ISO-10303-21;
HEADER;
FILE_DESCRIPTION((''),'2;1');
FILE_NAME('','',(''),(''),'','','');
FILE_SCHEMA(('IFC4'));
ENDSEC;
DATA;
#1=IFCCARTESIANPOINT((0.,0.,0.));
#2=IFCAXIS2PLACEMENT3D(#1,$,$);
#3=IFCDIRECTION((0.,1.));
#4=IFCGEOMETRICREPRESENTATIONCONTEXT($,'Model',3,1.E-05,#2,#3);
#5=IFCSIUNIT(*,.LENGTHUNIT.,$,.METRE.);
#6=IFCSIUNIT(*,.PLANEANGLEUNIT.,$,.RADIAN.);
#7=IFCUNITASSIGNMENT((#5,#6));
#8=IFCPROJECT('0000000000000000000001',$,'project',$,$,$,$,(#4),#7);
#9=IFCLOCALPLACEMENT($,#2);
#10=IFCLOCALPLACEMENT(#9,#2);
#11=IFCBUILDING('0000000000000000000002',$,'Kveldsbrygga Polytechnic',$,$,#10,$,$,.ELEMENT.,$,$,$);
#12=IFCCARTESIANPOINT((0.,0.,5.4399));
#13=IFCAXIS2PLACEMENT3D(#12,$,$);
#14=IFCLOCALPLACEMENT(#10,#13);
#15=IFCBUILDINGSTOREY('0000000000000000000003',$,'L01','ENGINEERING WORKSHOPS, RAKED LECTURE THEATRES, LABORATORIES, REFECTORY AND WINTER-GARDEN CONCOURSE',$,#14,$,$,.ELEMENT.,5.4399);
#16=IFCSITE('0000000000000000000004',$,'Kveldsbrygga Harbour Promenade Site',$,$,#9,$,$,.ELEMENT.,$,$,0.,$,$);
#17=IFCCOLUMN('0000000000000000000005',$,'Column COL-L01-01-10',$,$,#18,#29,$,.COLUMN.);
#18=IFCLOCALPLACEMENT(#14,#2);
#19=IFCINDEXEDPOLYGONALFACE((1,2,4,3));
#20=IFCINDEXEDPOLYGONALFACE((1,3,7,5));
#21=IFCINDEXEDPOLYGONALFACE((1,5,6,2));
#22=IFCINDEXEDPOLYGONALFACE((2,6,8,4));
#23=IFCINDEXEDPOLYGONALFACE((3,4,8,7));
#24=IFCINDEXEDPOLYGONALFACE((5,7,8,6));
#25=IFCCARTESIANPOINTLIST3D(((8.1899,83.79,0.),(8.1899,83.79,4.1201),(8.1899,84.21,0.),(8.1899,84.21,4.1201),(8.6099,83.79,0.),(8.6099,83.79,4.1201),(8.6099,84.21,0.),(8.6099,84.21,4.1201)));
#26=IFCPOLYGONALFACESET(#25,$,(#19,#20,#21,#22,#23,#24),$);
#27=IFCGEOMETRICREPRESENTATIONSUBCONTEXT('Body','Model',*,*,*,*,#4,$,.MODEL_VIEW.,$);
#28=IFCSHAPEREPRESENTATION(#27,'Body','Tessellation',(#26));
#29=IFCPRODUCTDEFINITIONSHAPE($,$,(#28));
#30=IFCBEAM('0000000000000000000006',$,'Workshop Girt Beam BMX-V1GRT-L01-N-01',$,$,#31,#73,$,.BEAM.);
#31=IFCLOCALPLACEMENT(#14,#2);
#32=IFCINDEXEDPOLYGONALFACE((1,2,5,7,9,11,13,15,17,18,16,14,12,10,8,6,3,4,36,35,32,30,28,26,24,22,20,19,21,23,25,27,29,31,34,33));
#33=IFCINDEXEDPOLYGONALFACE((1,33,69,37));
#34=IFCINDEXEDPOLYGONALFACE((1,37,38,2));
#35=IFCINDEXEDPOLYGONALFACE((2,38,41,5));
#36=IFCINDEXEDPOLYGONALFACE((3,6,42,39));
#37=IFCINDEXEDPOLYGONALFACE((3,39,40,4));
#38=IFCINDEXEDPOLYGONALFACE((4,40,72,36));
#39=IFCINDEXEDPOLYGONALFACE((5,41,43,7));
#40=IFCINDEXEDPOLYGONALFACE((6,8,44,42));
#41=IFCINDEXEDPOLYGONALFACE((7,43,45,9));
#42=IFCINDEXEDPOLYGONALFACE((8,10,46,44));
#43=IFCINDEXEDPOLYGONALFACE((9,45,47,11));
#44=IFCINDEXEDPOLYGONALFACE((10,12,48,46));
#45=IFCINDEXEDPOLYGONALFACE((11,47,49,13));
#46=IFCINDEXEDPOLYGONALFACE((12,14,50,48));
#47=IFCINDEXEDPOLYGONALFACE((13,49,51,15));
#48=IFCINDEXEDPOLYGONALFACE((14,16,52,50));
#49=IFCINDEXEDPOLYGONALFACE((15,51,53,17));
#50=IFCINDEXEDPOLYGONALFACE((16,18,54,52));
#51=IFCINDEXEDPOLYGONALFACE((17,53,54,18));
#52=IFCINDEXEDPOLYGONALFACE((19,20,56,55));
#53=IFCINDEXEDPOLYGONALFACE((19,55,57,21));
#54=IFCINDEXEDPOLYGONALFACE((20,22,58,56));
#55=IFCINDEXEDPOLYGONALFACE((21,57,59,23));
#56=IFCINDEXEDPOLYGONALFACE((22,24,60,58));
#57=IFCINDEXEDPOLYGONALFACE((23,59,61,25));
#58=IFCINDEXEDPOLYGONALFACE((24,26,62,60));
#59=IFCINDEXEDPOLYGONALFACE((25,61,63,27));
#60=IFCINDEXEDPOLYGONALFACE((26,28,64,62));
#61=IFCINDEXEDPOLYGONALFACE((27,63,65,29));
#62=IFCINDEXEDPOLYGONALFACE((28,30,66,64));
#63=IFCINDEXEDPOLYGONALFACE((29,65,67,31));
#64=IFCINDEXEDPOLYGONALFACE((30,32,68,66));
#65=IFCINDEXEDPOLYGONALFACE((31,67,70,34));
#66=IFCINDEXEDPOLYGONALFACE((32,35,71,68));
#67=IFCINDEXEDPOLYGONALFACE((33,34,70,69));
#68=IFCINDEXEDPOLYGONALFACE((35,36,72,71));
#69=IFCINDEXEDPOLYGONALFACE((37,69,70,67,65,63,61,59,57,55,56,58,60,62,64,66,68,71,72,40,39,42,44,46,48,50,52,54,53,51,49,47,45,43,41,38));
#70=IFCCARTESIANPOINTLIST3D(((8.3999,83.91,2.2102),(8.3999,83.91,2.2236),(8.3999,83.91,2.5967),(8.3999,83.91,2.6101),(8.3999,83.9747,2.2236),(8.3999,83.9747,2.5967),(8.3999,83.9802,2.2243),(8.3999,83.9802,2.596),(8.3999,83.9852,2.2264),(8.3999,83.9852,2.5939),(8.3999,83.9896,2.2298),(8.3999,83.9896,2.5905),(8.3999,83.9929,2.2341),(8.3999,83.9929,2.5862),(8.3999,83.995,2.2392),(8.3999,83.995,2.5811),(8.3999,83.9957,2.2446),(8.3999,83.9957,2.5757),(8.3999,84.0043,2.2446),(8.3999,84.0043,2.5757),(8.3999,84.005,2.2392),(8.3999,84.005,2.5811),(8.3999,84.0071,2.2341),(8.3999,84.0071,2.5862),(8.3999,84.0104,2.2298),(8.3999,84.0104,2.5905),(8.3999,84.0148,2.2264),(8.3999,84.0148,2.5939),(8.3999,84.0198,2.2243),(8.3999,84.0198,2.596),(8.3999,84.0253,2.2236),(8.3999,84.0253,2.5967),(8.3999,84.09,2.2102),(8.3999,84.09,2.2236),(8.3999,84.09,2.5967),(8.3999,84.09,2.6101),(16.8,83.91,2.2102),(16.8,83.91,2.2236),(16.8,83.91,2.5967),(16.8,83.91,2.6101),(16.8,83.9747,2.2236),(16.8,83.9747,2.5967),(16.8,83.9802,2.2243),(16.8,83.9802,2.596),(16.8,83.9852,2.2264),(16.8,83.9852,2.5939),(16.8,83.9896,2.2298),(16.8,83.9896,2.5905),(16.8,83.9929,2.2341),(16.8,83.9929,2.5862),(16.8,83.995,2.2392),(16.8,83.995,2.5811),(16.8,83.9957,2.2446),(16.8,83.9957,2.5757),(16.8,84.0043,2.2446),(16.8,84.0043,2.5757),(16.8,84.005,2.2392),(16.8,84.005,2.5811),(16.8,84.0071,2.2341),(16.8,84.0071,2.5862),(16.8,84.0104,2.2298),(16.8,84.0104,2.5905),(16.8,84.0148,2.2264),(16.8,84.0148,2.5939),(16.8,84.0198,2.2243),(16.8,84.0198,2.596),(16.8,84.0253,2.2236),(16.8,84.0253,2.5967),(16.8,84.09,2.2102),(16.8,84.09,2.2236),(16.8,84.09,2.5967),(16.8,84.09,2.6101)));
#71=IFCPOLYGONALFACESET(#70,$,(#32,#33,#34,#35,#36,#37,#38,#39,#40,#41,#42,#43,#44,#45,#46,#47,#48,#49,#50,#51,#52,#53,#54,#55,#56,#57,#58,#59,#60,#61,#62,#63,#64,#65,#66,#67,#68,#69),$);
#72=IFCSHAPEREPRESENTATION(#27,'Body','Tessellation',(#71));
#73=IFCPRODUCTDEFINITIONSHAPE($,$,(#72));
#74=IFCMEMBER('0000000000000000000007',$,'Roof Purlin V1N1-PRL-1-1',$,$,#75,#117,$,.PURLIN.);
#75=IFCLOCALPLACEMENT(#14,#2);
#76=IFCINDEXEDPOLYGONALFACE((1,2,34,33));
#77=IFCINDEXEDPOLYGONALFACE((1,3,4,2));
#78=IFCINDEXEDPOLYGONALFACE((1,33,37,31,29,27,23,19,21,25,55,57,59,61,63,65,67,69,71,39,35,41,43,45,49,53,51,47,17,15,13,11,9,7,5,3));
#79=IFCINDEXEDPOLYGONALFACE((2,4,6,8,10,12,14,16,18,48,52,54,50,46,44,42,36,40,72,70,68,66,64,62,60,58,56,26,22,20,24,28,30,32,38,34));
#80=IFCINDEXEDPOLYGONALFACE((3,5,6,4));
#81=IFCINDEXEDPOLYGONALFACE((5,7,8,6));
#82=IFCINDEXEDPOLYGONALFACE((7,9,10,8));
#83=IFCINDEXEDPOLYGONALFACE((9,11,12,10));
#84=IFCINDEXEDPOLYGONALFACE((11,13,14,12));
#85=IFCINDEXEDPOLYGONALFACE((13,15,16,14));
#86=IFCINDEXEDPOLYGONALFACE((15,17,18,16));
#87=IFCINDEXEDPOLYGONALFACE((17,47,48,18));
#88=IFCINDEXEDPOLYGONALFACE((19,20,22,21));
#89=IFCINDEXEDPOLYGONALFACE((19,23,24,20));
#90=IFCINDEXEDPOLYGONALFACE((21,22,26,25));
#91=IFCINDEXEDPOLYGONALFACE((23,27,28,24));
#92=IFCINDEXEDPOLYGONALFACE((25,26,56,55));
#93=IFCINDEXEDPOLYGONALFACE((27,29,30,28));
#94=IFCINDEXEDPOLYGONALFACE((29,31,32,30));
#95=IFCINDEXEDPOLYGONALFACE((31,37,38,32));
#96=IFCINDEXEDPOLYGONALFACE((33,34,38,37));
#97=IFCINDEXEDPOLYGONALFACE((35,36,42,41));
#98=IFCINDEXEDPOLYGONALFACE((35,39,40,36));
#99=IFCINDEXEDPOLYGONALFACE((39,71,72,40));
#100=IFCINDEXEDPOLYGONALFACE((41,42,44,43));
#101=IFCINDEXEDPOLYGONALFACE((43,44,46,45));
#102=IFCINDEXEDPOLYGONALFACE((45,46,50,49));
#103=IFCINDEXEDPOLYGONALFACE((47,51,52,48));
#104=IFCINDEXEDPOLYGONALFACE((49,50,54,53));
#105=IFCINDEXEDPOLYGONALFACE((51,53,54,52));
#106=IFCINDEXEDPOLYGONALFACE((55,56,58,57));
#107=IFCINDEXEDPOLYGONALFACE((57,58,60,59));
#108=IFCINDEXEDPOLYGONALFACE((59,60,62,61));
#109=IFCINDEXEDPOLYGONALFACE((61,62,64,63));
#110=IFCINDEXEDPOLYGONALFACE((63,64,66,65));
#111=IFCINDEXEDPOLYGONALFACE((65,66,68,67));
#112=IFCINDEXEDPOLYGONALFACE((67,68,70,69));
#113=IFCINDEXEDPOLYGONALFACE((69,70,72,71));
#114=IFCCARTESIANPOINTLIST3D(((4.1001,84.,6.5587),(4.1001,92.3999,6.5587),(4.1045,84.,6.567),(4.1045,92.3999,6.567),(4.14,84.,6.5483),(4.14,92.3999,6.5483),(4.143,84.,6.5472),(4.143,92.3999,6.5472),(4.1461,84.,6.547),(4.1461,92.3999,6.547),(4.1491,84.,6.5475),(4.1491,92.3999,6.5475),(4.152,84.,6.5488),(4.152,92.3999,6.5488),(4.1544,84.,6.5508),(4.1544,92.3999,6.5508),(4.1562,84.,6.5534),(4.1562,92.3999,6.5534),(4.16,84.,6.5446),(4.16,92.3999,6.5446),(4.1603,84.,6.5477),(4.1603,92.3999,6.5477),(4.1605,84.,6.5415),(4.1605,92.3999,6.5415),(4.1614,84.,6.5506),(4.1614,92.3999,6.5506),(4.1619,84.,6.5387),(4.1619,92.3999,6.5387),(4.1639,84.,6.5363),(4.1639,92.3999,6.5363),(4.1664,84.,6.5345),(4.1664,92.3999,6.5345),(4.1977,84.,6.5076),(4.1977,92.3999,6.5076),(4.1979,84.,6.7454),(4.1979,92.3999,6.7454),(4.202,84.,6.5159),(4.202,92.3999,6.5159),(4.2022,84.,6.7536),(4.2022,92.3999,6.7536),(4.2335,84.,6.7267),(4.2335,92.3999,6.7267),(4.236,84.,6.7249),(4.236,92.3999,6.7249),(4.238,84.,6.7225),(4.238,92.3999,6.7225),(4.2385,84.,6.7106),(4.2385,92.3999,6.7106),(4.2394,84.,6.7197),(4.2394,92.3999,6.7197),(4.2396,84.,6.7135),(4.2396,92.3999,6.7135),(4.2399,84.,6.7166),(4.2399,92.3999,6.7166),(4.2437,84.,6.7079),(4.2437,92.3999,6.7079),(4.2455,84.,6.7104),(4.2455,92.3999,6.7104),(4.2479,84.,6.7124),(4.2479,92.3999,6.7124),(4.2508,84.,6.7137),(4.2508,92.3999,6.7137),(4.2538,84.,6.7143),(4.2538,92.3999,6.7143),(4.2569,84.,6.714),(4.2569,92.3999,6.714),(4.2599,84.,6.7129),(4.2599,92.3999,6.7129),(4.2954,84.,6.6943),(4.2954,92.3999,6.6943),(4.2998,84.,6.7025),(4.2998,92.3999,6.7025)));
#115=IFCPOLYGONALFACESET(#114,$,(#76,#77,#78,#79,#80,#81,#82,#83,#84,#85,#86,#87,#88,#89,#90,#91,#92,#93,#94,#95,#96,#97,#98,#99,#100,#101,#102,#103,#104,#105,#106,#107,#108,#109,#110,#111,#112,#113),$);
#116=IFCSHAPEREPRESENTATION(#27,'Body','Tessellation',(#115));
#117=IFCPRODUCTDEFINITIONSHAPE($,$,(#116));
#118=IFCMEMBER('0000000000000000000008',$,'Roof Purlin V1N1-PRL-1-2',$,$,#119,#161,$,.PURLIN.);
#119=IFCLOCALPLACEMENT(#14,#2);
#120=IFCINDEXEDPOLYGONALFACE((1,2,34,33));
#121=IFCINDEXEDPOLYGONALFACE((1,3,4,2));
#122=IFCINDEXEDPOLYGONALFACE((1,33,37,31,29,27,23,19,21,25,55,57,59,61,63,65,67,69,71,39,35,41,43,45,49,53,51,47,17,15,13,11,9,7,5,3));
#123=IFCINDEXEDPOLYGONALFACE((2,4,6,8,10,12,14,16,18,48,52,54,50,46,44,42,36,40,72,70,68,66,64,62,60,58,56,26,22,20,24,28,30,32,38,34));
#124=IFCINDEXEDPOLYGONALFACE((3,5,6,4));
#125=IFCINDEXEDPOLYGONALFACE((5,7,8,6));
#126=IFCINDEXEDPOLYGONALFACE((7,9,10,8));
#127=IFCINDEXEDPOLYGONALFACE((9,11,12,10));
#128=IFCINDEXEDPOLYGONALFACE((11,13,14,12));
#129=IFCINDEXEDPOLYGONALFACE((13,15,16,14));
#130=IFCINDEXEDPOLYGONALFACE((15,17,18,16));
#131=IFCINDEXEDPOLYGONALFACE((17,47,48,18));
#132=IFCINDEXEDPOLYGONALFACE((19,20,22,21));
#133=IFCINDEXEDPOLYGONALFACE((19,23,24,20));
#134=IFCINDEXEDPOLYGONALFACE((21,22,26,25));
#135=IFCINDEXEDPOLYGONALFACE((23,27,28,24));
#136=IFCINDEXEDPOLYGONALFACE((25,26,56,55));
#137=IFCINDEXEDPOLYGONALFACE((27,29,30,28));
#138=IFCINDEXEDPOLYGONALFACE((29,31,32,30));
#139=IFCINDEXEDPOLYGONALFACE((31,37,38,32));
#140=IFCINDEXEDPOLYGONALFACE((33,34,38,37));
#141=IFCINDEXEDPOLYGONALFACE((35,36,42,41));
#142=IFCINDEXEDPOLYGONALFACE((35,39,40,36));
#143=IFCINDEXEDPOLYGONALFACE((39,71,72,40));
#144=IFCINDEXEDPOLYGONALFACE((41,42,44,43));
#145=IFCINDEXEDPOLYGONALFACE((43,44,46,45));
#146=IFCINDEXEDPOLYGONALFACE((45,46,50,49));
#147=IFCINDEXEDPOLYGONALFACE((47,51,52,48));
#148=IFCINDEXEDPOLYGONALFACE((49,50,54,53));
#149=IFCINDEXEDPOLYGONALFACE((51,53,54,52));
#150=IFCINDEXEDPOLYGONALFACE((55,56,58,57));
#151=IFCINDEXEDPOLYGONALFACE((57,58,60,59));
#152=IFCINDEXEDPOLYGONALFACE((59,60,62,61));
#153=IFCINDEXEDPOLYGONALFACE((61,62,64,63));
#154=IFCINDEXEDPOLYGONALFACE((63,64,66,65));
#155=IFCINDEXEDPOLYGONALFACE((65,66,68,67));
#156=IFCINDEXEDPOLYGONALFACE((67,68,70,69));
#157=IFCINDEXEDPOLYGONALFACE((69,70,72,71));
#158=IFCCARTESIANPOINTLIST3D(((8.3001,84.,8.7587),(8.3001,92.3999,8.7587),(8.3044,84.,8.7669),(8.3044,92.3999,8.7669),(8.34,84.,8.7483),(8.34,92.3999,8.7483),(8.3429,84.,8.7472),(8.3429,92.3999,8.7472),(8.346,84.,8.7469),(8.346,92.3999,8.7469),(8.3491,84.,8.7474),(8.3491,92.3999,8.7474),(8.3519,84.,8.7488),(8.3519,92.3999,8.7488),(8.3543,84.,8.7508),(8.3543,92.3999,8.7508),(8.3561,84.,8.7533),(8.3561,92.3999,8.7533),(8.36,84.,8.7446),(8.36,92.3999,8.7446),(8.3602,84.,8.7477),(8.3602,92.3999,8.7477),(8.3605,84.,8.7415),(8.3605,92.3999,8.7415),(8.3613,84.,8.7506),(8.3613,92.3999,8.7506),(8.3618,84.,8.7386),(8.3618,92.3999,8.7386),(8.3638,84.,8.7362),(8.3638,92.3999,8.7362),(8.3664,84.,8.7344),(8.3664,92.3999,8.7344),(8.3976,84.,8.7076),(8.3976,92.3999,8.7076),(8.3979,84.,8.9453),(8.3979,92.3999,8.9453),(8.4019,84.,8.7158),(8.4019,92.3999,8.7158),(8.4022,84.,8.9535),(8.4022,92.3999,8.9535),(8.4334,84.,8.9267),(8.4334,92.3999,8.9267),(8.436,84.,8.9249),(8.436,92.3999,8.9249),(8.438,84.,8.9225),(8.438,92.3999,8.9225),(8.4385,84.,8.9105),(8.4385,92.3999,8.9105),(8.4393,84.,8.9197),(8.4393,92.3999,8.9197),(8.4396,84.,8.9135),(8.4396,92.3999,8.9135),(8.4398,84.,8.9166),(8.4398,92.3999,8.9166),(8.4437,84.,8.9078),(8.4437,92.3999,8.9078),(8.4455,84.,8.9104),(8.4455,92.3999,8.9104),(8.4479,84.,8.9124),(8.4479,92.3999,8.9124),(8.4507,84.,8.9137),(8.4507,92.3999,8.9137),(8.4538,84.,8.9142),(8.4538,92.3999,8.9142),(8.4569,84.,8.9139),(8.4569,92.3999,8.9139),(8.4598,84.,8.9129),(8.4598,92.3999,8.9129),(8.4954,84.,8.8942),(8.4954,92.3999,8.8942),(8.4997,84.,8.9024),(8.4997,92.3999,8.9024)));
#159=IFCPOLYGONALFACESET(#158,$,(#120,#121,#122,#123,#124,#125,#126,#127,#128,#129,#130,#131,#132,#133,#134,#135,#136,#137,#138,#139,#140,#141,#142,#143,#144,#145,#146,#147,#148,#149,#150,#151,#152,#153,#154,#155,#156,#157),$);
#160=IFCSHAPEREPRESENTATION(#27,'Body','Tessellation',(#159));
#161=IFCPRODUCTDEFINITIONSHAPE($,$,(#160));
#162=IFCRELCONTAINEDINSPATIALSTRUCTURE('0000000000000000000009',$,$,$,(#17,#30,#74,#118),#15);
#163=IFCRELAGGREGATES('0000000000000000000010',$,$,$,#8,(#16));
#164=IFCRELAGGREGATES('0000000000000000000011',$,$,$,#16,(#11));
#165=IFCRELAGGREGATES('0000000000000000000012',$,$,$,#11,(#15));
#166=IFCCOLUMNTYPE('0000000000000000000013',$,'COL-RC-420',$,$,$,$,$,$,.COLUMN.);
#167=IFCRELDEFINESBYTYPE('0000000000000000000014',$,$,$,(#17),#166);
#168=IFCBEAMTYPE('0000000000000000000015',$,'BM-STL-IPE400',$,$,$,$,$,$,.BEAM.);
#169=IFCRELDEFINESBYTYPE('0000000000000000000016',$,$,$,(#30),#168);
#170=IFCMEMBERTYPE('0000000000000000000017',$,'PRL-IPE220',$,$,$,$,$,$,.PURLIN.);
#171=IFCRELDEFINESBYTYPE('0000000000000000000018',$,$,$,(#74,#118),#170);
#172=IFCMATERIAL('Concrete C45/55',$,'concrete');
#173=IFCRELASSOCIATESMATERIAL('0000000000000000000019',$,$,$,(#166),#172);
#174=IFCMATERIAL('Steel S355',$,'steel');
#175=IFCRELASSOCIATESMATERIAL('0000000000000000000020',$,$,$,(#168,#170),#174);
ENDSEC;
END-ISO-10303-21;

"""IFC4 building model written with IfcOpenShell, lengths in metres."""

from ifc_helpers import new_model, si_unit, direction, frame, origin, origin_2d, place, context, subcontext, project, spatial, rectangle, i_section, extrude, material, material_profile, profile_set, type_object, element, save


model = new_model("IFC4")

# Units and contexts
model_context = context("Model", 3, precision=1e-05, world=origin(), true_north=direction((0.0, 1.0)))
body_context = subcontext(model_context, "Body", "Model", "MODEL_VIEW")
ifc_project = project(units=[si_unit("LENGTHUNIT", "METRE"), si_unit("PLANEANGLEUNIT", "RADIAN")], contexts=[model_context])

# Site, building, storey
site_placement = place(None, origin())
site = spatial("IfcSite", under=ifc_project, at=site_placement, Name="Kveldsbrygga Harbour Promenade Site", CompositionType="ELEMENT", RefElevation=0.0)
building_placement = place(site_placement, origin())
building = spatial("IfcBuilding", under=site, at=building_placement, Name="Kveldsbrygga Polytechnic", CompositionType="ELEMENT")
storey_placement = place(building_placement, frame((0.0, 0.0, 5.4399)))
storey = spatial("IfcBuildingStorey", under=building, at=storey_placement, Name="L01", Description="ENGINEERING WORKSHOPS, RAKED LECTURE THEATRES, LABORATORIES, REFECTORY AND WINTER-GARDEN CONCOURSE", CompositionType="ELEMENT", Elevation=5.4399)

# Column
ifc_material_1 = material(Name="Concrete C45/55", Category="concrete")
ifc_material_profile_1 = material_profile(ifc_material_1, rectangle(XDim=0.4199, YDim=0.4199, at=origin_2d()), Name="RC 420x420")
ifc_profile_set_1 = profile_set([ifc_material_profile_1], Name="Concrete C45/55")
column_type = type_object("IfcColumnType", Name="COL-RC-420", PredefinedType="COLUMN", material=ifc_profile_set_1)
column_placement = place(storey_placement, frame((8.3999, 84.0, 0.0), z_axis=(0.0, 0.0, 1.0), x_axis=(1.0, 0.0, 0.0)))
element("IfcColumn", 1, at=column_placement, inside=storey, type_object=column_type, Name="Column COL-L01-01-10", PredefinedType="COLUMN", context=body_context, shape_type="SweptSolid", body=[
    extrude(rectangle(XDim=0.4199, YDim=0.4199, at=origin_2d()), origin(), (0.0, 0.0, 1.0), 4.1201),
])

# Beam
ifc_material_2 = material(Name="Steel S355", Category="steel")
ifc_material_profile_2 = material_profile(ifc_material_2, i_section(OverallWidth=0.1799, OverallDepth=0.3999, WebThickness=0.0085, FlangeThickness=0.0134, FilletRadius=0.021, at=origin_2d()), Name="IPE 400")
ifc_profile_set_2 = profile_set([ifc_material_profile_2], Name="Steel S355")
beam_type = type_object("IfcBeamType", Name="BM-STL-IPE400", PredefinedType="BEAM", material=ifc_profile_set_2)
beam_placement = place(storey_placement, frame((8.3999, 84.0, 2.4102), z_axis=(1.0, 0.0, 0.0), x_axis=(0.0, 1.0, 0.0)))
element("IfcBeam", 2, at=beam_placement, inside=storey, type_object=beam_type, Name="Workshop Girt Beam BMX-V1GRT-L01-N-01", PredefinedType="BEAM", context=body_context, shape_type="SweptSolid", body=[
    extrude(i_section(OverallWidth=0.1799, OverallDepth=0.3999, WebThickness=0.0085, FlangeThickness=0.0134, FilletRadius=0.021, at=origin_2d()), origin(), (0.0, 0.0, 1.0), 8.4001),
])

# Members
ifc_material_profile_3 = material_profile(ifc_material_2, i_section(OverallWidth=0.1101, OverallDepth=0.22, WebThickness=0.0059, FlangeThickness=0.0093, FilletRadius=0.012, at=origin_2d()), Name="IPE 220")
ifc_profile_set_3 = profile_set([ifc_material_profile_3], Name="Steel S355")
member_type_1 = type_object("IfcMemberType", Name="PRL-IPE220", PredefinedType="PURLIN", material=ifc_profile_set_3)
for number, where, z_axis, x_axis, name in (
    (3, (4.2, 84.0, 6.6306), (0.0, 1.0, 0.0), (-0.885831, 0.0, 0.464007), "Roof Purlin V1N1-PRL-1-1"),
    (4, (8.3999, 84.0, 8.8306), (0.0, 1.0, 0.0), (-0.885831, 0.0, 0.464007), "Roof Purlin V1N1-PRL-1-2"),
):
    element("IfcMember", number, at=place(storey_placement, frame(where, z_axis=z_axis, x_axis=x_axis)), inside=storey, type_object=member_type_1, Name=name, PredefinedType="PURLIN", context=body_context, shape_type="SweptSolid", body=[
        extrude(i_section(OverallWidth=0.1101, OverallDepth=0.22, WebThickness=0.0059, FlangeThickness=0.0093, FilletRadius=0.012, at=origin_2d()), origin(), (0.0, 0.0, 1.0), 8.3999),
    ])

save(model, "model.ifc")
